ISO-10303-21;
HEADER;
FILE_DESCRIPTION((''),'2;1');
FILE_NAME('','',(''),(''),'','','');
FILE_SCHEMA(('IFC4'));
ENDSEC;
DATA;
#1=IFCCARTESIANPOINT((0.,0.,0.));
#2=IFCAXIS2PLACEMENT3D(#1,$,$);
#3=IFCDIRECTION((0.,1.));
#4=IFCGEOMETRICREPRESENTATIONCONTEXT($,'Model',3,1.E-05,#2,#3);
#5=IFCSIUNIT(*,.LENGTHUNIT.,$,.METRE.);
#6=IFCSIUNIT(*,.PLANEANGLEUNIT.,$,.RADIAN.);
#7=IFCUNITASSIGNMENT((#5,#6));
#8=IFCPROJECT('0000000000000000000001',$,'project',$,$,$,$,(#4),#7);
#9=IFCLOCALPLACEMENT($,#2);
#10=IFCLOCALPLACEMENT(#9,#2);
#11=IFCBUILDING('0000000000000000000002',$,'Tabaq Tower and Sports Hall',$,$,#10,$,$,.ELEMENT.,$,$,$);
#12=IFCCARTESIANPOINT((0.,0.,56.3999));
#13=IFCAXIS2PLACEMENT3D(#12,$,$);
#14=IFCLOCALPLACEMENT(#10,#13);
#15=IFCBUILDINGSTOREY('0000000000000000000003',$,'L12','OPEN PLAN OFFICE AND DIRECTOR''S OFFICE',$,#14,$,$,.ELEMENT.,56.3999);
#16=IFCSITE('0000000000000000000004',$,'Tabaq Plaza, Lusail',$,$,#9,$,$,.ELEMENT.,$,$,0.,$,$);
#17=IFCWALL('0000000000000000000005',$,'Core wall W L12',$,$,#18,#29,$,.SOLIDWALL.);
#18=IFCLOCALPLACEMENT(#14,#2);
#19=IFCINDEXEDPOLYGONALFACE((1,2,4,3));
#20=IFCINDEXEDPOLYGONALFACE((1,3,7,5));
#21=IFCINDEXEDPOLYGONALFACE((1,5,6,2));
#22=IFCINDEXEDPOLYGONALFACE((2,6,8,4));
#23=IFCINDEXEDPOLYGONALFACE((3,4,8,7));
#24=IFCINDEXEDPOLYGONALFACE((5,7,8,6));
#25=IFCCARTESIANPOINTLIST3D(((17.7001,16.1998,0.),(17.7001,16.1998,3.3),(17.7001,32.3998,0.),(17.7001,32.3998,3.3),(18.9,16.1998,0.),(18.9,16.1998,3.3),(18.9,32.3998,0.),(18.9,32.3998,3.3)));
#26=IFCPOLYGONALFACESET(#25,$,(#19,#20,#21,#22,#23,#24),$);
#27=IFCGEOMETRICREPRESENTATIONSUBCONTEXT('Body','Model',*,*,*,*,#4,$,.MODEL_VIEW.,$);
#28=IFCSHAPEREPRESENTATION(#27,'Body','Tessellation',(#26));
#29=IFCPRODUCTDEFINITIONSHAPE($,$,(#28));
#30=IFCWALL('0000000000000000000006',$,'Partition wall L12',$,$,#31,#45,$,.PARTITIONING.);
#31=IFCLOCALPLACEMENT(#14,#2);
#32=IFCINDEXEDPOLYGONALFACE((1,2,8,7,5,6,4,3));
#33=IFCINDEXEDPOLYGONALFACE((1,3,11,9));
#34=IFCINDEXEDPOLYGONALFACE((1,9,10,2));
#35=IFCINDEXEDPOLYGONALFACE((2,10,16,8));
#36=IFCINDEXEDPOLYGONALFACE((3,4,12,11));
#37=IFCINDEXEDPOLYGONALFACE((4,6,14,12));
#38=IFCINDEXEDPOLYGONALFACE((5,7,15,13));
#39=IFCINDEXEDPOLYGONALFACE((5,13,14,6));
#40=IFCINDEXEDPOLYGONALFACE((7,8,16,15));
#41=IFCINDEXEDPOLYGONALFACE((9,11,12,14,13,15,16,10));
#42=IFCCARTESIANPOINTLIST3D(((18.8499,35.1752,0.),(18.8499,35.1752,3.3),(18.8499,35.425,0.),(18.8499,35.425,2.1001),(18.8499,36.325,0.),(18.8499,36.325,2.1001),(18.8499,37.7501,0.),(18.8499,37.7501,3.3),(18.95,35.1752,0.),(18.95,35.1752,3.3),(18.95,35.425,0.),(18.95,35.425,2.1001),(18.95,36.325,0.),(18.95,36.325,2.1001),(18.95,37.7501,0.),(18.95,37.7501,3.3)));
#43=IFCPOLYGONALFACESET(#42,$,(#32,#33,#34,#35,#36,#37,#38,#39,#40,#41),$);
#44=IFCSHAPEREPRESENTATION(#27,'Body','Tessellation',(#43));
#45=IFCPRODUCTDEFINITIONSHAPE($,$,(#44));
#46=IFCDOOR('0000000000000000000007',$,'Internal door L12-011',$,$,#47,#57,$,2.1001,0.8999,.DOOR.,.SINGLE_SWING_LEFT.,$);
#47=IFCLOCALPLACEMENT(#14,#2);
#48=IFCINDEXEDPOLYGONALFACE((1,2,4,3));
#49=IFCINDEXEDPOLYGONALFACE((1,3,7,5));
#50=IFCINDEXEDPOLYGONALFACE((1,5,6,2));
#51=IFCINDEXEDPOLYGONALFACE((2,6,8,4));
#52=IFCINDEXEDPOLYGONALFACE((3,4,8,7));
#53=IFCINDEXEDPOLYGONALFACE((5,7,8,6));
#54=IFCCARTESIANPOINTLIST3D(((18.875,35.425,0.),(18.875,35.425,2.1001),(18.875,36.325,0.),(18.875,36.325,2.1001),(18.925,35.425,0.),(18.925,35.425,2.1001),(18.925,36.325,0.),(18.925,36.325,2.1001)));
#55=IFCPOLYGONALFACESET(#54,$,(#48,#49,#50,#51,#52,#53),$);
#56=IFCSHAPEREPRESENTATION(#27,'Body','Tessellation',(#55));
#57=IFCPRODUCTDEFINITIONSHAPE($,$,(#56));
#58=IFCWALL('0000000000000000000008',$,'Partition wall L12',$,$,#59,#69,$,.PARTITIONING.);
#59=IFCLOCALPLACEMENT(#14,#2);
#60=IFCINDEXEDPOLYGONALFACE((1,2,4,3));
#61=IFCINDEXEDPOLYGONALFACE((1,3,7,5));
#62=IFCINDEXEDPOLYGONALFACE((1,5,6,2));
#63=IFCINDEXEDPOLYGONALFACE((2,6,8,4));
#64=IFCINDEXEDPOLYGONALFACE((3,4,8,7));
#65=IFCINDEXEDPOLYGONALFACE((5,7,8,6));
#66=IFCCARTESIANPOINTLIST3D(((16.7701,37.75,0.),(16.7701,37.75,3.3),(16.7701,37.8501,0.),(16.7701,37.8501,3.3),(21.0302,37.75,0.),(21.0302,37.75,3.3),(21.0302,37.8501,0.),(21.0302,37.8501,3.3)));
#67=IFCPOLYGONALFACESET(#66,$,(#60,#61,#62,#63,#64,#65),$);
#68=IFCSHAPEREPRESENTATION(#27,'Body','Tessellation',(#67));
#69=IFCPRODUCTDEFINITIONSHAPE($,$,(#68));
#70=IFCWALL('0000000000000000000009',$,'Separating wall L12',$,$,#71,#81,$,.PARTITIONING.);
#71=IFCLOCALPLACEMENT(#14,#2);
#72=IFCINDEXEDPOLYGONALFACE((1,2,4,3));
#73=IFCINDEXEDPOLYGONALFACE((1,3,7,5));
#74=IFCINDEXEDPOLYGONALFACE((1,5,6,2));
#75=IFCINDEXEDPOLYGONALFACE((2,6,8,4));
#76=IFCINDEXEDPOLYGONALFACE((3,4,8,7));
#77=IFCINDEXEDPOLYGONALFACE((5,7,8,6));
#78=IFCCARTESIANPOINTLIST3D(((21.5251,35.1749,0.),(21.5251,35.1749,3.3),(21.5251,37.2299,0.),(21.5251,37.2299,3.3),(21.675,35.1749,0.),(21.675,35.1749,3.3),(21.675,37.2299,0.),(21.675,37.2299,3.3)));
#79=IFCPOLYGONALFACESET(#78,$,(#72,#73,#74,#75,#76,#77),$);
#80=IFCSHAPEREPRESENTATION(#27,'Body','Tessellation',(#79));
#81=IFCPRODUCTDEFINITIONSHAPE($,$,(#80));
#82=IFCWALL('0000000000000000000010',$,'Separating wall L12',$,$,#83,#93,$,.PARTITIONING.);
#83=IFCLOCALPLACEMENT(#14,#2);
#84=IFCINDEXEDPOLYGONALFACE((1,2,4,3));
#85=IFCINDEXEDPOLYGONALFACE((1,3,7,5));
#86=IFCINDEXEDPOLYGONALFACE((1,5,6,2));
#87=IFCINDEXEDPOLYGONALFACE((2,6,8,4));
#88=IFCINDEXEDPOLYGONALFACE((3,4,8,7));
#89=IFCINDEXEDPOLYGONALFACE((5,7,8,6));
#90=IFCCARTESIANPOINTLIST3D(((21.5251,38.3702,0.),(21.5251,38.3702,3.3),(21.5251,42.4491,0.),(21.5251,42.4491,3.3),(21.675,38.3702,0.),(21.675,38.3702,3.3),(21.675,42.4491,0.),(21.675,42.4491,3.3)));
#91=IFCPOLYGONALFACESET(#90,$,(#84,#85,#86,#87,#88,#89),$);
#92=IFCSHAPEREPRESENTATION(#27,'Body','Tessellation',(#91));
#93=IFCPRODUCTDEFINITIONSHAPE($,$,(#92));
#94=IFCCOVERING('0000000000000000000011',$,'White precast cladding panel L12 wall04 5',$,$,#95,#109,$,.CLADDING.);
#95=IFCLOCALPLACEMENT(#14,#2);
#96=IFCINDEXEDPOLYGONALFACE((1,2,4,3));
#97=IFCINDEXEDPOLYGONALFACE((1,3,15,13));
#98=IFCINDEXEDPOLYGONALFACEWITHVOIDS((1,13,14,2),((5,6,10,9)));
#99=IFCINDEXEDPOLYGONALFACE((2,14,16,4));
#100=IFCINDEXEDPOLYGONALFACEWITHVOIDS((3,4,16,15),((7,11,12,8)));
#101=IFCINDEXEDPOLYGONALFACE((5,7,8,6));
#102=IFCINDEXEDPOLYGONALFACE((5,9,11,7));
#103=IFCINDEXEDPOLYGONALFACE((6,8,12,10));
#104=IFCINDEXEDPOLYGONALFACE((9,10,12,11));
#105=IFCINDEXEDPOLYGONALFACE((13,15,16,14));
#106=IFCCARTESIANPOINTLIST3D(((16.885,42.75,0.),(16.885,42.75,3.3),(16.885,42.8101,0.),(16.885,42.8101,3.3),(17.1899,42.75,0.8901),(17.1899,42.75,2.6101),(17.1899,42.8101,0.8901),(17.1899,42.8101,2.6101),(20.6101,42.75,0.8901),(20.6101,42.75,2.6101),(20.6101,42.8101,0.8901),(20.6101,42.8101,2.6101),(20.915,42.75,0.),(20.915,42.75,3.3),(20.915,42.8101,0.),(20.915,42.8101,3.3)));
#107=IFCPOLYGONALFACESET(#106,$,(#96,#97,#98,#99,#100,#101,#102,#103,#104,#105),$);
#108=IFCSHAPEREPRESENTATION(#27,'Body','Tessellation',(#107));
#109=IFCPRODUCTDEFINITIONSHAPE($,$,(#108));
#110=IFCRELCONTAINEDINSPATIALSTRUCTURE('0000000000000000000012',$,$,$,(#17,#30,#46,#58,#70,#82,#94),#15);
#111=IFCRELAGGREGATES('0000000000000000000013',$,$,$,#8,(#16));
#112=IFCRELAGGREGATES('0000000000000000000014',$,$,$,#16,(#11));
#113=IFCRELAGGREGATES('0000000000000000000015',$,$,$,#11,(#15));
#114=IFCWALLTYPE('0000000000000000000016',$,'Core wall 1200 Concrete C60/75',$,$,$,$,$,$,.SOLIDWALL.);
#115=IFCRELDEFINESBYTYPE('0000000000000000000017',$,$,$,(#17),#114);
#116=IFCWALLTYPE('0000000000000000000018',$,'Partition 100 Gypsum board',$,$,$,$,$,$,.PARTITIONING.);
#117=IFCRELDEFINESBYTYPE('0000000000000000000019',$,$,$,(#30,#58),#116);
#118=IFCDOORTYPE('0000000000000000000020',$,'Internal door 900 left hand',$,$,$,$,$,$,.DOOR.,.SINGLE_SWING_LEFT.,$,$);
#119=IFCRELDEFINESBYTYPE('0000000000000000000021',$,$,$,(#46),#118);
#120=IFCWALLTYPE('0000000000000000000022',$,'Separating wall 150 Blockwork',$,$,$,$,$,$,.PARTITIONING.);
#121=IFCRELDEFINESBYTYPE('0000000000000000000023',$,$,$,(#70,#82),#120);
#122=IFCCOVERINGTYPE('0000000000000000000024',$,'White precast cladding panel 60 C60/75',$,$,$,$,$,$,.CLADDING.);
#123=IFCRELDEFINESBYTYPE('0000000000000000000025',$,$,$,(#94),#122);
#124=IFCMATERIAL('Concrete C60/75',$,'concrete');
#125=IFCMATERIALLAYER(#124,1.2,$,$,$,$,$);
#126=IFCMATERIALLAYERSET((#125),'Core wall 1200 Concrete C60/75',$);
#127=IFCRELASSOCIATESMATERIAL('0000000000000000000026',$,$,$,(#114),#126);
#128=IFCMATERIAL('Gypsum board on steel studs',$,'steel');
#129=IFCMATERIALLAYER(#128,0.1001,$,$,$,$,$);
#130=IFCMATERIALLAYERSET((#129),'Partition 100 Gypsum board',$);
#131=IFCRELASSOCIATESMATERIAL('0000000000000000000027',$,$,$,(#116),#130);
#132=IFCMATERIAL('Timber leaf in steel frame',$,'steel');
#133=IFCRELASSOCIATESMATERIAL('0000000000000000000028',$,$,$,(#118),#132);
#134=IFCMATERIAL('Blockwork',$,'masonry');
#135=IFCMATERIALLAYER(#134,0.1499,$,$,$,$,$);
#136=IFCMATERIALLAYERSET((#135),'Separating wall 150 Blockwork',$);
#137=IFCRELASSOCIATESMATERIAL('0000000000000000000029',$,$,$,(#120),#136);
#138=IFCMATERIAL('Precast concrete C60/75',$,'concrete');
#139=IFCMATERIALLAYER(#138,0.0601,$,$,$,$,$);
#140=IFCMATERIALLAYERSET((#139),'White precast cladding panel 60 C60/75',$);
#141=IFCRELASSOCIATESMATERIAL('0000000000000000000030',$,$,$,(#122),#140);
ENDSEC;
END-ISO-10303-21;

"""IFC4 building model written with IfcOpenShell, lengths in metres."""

from ifc_helpers import new_model, si_unit, direction, frame, frame_2d, origin, place, context, subcontext, project, spatial, polyline, rectangle, outline, extrude, material, layer, layer_set, type_object, element, fill, save


model = new_model("IFC4")

# Units and contexts
model_context = context("Model", 3, precision=1e-05, world=origin(), true_north=direction((0.0, 1.0)))
body_context = subcontext(model_context, "Body", "Model", "MODEL_VIEW")
ifc_project = project(units=[si_unit("LENGTHUNIT", "METRE"), si_unit("PLANEANGLEUNIT", "RADIAN")], contexts=[model_context])

# Site, building, storey
site_placement = place(None, origin())
site = spatial("IfcSite", under=ifc_project, at=site_placement, Name="Tabaq Plaza, Lusail", CompositionType="ELEMENT", RefElevation=0.0)
building_placement = place(site_placement, origin())
building = spatial("IfcBuilding", under=site, at=building_placement, Name="Tabaq Tower and Sports Hall", CompositionType="ELEMENT")
storey_placement = place(building_placement, frame((0.0, 0.0, 56.3999)))
storey = spatial("IfcBuildingStorey", under=building, at=storey_placement, Name="L12", Description="OPEN PLAN OFFICE AND DIRECTOR'S OFFICE", CompositionType="ELEMENT", Elevation=56.3999)

# Wall
ifc_material_1 = material(Name="Concrete C60/75", Category="concrete")
ifc_layer_1 = layer(ifc_material_1, 1.2)
ifc_layer_set_1 = layer_set([ifc_layer_1], Name="Core wall 1200 Concrete C60/75")
wall_type_1 = type_object("IfcWallType", Name="Core wall 1200 Concrete C60/75", PredefinedType="SOLIDWALL", material=ifc_layer_set_1)
wall_1_placement = place(storey_placement, frame((18.3, 32.3999, 0.0), z_axis=(0.0, 0.0, 1.0), x_axis=(0.0, -1.0, 0.0)))
element("IfcWall", 1, at=wall_1_placement, inside=storey, type_object=wall_type_1, Name="Core wall W L12", PredefinedType="SOLIDWALL", context=body_context, shape_type="SweptSolid", body=[
    extrude(rectangle(XDim=16.2, YDim=1.2, at=frame_2d((8.1001, 0.0))), origin(), (0.0, 0.0, 1.0), 3.3),
])

# Wall, opening, door
ifc_material_2 = material(Name="Gypsum board on steel studs", Category="steel")
ifc_layer_2 = layer(ifc_material_2, 0.1001)
ifc_layer_set_2 = layer_set([ifc_layer_2], Name="Partition 100 Gypsum board")
wall_type_2 = type_object("IfcWallType", Name="Partition 100 Gypsum board", PredefinedType="PARTITIONING", material=ifc_layer_set_2)
wall_2_placement = place(storey_placement, frame((18.8999, 35.175, 0.0), z_axis=(0.0, 0.0, 1.0), x_axis=(0.0, 1.0, 0.0)))
wall_2 = element("IfcWall", 2, at=wall_2_placement, inside=storey, type_object=wall_type_2, Name="Partition wall L12", PredefinedType="PARTITIONING", context=body_context, shape_type="SweptSolid", body=[
    extrude(rectangle(XDim=2.575, YDim=0.1001, at=frame_2d((1.2876, 0.0))), origin(), (0.0, 0.0, 1.0), 3.3),
])
opening_placement = place(wall_2_placement, frame((0.25, 0.0, 0.0)))
opening = element("IfcOpeningElement", 3, at=opening_placement, cuts=wall_2, PredefinedType="OPENING", context=body_context, shape_type="SweptSolid", body=[
    extrude(rectangle(XDim=0.8999, YDim=2.1001, at=frame_2d((0.45, 1.05))), frame((0.0, 0.05, 0.0), z_axis=(0.0, -1.0, 0.0), x_axis=(1.0, 0.0, 0.0)), (0.0, 0.0, 1.0), 0.1001),
])
ifc_material_3 = material(Name="Timber leaf in steel frame", Category="steel")
door_type = type_object("IfcDoorType", Name="Internal door 900 left hand", OperationType="SINGLE_SWING_LEFT", PredefinedType="DOOR", material=ifc_material_3)
door_placement = place(opening_placement, origin())
door = element("IfcDoor", 4, at=door_placement, inside=storey, type_object=door_type, Name="Internal door L12-011", OperationType="SINGLE_SWING_LEFT", OverallHeight=2.1001, OverallWidth=0.8999, PredefinedType="DOOR", context=body_context, shape_type="SweptSolid", body=[
    extrude(rectangle(XDim=0.8999, YDim=2.1001, at=frame_2d((0.45, 1.05))), frame((0.0, 0.0249, 0.0), z_axis=(0.0, -1.0, 0.0), x_axis=(1.0, 0.0, 0.0)), (0.0, 0.0, 1.0), 0.05),
])
fill(opening, door)

# Walls
wall_3_placement = place(storey_placement, frame((21.03, 37.8, 0.0), z_axis=(0.0, 0.0, 1.0), x_axis=(-1.0, 0.0, 0.0)))
element("IfcWall", 5, at=wall_3_placement, inside=storey, type_object=wall_type_2, Name="Partition wall L12", PredefinedType="PARTITIONING", context=body_context, shape_type="SweptSolid", body=[
    extrude(rectangle(XDim=4.26, YDim=0.1001, at=frame_2d((2.1299, 0.0))), origin(), (0.0, 0.0, 1.0), 3.3),
])
ifc_material_4 = material(Name="Blockwork", Category="masonry")
ifc_layer_3 = layer(ifc_material_4, 0.1499)
ifc_layer_set_3 = layer_set([ifc_layer_3], Name="Separating wall 150 Blockwork")
wall_type_3 = type_object("IfcWallType", Name="Separating wall 150 Blockwork", PredefinedType="PARTITIONING", material=ifc_layer_set_3)
wall_4_placement = place(storey_placement, frame((21.6001, 35.175, 0.0), z_axis=(0.0, 0.0, 1.0), x_axis=(0.0, 1.0, 0.0)))
element("IfcWall", 6, at=wall_4_placement, inside=storey, type_object=wall_type_3, Name="Separating wall L12", PredefinedType="PARTITIONING", context=body_context, shape_type="SweptSolid", body=[
    extrude(rectangle(XDim=2.0549, YDim=0.1499, at=frame_2d((1.0273, 0.0))), origin(), (0.0, 0.0, 1.0), 3.3),
])
wall_5_placement = place(storey_placement, frame((21.6001, 38.3701, 0.0), z_axis=(0.0, 0.0, 1.0), x_axis=(0.0, 1.0, 0.0)))
element("IfcWall", 7, at=wall_5_placement, inside=storey, type_object=wall_type_3, Name="Separating wall L12", PredefinedType="PARTITIONING", context=body_context, shape_type="SweptSolid", body=[
    extrude(rectangle(XDim=4.0789, YDim=0.1499, at=frame_2d((2.0396, 0.0))), origin(), (0.0, 0.0, 1.0), 3.3),
])

# Covering
ifc_material_5 = material(Name="Precast concrete C60/75", Category="concrete")
ifc_layer_4 = layer(ifc_material_5, 0.0601)
ifc_layer_set_4 = layer_set([ifc_layer_4], Name="White precast cladding panel 60 C60/75")
covering_type = type_object("IfcCoveringType", Name="White precast cladding panel 60 C60/75", PredefinedType="CLADDING", material=ifc_layer_set_4)
covering_placement = place(storey_placement, frame((20.915, 42.78, 0.0), z_axis=(0.0, 0.0, 1.0), x_axis=(-1.0, 0.0, 0.0)))
element("IfcCovering", 8, at=covering_placement, inside=storey, type_object=covering_type, Name="White precast cladding panel L12 wall04 5", PredefinedType="CLADDING", context=body_context, shape_type="SweptSolid", body=[
    extrude(outline(polyline([(0.0, 0.0), (4.03, 0.0), (4.03, 3.3), (0.0, 3.3), (0.0, 0.0)]), holes=[polyline([(0.3049, 0.8901), (0.3049, 2.6101), (3.7251, 2.6101), (3.7251, 0.8901), (0.3049, 0.8901)])]), frame((0.0, 0.03, 0.0), z_axis=(0.0, -1.0, 0.0), x_axis=(1.0, 0.0, 0.0)), (0.0, 0.0, 1.0), 0.0601),
])

save(model, "model.ifc")
